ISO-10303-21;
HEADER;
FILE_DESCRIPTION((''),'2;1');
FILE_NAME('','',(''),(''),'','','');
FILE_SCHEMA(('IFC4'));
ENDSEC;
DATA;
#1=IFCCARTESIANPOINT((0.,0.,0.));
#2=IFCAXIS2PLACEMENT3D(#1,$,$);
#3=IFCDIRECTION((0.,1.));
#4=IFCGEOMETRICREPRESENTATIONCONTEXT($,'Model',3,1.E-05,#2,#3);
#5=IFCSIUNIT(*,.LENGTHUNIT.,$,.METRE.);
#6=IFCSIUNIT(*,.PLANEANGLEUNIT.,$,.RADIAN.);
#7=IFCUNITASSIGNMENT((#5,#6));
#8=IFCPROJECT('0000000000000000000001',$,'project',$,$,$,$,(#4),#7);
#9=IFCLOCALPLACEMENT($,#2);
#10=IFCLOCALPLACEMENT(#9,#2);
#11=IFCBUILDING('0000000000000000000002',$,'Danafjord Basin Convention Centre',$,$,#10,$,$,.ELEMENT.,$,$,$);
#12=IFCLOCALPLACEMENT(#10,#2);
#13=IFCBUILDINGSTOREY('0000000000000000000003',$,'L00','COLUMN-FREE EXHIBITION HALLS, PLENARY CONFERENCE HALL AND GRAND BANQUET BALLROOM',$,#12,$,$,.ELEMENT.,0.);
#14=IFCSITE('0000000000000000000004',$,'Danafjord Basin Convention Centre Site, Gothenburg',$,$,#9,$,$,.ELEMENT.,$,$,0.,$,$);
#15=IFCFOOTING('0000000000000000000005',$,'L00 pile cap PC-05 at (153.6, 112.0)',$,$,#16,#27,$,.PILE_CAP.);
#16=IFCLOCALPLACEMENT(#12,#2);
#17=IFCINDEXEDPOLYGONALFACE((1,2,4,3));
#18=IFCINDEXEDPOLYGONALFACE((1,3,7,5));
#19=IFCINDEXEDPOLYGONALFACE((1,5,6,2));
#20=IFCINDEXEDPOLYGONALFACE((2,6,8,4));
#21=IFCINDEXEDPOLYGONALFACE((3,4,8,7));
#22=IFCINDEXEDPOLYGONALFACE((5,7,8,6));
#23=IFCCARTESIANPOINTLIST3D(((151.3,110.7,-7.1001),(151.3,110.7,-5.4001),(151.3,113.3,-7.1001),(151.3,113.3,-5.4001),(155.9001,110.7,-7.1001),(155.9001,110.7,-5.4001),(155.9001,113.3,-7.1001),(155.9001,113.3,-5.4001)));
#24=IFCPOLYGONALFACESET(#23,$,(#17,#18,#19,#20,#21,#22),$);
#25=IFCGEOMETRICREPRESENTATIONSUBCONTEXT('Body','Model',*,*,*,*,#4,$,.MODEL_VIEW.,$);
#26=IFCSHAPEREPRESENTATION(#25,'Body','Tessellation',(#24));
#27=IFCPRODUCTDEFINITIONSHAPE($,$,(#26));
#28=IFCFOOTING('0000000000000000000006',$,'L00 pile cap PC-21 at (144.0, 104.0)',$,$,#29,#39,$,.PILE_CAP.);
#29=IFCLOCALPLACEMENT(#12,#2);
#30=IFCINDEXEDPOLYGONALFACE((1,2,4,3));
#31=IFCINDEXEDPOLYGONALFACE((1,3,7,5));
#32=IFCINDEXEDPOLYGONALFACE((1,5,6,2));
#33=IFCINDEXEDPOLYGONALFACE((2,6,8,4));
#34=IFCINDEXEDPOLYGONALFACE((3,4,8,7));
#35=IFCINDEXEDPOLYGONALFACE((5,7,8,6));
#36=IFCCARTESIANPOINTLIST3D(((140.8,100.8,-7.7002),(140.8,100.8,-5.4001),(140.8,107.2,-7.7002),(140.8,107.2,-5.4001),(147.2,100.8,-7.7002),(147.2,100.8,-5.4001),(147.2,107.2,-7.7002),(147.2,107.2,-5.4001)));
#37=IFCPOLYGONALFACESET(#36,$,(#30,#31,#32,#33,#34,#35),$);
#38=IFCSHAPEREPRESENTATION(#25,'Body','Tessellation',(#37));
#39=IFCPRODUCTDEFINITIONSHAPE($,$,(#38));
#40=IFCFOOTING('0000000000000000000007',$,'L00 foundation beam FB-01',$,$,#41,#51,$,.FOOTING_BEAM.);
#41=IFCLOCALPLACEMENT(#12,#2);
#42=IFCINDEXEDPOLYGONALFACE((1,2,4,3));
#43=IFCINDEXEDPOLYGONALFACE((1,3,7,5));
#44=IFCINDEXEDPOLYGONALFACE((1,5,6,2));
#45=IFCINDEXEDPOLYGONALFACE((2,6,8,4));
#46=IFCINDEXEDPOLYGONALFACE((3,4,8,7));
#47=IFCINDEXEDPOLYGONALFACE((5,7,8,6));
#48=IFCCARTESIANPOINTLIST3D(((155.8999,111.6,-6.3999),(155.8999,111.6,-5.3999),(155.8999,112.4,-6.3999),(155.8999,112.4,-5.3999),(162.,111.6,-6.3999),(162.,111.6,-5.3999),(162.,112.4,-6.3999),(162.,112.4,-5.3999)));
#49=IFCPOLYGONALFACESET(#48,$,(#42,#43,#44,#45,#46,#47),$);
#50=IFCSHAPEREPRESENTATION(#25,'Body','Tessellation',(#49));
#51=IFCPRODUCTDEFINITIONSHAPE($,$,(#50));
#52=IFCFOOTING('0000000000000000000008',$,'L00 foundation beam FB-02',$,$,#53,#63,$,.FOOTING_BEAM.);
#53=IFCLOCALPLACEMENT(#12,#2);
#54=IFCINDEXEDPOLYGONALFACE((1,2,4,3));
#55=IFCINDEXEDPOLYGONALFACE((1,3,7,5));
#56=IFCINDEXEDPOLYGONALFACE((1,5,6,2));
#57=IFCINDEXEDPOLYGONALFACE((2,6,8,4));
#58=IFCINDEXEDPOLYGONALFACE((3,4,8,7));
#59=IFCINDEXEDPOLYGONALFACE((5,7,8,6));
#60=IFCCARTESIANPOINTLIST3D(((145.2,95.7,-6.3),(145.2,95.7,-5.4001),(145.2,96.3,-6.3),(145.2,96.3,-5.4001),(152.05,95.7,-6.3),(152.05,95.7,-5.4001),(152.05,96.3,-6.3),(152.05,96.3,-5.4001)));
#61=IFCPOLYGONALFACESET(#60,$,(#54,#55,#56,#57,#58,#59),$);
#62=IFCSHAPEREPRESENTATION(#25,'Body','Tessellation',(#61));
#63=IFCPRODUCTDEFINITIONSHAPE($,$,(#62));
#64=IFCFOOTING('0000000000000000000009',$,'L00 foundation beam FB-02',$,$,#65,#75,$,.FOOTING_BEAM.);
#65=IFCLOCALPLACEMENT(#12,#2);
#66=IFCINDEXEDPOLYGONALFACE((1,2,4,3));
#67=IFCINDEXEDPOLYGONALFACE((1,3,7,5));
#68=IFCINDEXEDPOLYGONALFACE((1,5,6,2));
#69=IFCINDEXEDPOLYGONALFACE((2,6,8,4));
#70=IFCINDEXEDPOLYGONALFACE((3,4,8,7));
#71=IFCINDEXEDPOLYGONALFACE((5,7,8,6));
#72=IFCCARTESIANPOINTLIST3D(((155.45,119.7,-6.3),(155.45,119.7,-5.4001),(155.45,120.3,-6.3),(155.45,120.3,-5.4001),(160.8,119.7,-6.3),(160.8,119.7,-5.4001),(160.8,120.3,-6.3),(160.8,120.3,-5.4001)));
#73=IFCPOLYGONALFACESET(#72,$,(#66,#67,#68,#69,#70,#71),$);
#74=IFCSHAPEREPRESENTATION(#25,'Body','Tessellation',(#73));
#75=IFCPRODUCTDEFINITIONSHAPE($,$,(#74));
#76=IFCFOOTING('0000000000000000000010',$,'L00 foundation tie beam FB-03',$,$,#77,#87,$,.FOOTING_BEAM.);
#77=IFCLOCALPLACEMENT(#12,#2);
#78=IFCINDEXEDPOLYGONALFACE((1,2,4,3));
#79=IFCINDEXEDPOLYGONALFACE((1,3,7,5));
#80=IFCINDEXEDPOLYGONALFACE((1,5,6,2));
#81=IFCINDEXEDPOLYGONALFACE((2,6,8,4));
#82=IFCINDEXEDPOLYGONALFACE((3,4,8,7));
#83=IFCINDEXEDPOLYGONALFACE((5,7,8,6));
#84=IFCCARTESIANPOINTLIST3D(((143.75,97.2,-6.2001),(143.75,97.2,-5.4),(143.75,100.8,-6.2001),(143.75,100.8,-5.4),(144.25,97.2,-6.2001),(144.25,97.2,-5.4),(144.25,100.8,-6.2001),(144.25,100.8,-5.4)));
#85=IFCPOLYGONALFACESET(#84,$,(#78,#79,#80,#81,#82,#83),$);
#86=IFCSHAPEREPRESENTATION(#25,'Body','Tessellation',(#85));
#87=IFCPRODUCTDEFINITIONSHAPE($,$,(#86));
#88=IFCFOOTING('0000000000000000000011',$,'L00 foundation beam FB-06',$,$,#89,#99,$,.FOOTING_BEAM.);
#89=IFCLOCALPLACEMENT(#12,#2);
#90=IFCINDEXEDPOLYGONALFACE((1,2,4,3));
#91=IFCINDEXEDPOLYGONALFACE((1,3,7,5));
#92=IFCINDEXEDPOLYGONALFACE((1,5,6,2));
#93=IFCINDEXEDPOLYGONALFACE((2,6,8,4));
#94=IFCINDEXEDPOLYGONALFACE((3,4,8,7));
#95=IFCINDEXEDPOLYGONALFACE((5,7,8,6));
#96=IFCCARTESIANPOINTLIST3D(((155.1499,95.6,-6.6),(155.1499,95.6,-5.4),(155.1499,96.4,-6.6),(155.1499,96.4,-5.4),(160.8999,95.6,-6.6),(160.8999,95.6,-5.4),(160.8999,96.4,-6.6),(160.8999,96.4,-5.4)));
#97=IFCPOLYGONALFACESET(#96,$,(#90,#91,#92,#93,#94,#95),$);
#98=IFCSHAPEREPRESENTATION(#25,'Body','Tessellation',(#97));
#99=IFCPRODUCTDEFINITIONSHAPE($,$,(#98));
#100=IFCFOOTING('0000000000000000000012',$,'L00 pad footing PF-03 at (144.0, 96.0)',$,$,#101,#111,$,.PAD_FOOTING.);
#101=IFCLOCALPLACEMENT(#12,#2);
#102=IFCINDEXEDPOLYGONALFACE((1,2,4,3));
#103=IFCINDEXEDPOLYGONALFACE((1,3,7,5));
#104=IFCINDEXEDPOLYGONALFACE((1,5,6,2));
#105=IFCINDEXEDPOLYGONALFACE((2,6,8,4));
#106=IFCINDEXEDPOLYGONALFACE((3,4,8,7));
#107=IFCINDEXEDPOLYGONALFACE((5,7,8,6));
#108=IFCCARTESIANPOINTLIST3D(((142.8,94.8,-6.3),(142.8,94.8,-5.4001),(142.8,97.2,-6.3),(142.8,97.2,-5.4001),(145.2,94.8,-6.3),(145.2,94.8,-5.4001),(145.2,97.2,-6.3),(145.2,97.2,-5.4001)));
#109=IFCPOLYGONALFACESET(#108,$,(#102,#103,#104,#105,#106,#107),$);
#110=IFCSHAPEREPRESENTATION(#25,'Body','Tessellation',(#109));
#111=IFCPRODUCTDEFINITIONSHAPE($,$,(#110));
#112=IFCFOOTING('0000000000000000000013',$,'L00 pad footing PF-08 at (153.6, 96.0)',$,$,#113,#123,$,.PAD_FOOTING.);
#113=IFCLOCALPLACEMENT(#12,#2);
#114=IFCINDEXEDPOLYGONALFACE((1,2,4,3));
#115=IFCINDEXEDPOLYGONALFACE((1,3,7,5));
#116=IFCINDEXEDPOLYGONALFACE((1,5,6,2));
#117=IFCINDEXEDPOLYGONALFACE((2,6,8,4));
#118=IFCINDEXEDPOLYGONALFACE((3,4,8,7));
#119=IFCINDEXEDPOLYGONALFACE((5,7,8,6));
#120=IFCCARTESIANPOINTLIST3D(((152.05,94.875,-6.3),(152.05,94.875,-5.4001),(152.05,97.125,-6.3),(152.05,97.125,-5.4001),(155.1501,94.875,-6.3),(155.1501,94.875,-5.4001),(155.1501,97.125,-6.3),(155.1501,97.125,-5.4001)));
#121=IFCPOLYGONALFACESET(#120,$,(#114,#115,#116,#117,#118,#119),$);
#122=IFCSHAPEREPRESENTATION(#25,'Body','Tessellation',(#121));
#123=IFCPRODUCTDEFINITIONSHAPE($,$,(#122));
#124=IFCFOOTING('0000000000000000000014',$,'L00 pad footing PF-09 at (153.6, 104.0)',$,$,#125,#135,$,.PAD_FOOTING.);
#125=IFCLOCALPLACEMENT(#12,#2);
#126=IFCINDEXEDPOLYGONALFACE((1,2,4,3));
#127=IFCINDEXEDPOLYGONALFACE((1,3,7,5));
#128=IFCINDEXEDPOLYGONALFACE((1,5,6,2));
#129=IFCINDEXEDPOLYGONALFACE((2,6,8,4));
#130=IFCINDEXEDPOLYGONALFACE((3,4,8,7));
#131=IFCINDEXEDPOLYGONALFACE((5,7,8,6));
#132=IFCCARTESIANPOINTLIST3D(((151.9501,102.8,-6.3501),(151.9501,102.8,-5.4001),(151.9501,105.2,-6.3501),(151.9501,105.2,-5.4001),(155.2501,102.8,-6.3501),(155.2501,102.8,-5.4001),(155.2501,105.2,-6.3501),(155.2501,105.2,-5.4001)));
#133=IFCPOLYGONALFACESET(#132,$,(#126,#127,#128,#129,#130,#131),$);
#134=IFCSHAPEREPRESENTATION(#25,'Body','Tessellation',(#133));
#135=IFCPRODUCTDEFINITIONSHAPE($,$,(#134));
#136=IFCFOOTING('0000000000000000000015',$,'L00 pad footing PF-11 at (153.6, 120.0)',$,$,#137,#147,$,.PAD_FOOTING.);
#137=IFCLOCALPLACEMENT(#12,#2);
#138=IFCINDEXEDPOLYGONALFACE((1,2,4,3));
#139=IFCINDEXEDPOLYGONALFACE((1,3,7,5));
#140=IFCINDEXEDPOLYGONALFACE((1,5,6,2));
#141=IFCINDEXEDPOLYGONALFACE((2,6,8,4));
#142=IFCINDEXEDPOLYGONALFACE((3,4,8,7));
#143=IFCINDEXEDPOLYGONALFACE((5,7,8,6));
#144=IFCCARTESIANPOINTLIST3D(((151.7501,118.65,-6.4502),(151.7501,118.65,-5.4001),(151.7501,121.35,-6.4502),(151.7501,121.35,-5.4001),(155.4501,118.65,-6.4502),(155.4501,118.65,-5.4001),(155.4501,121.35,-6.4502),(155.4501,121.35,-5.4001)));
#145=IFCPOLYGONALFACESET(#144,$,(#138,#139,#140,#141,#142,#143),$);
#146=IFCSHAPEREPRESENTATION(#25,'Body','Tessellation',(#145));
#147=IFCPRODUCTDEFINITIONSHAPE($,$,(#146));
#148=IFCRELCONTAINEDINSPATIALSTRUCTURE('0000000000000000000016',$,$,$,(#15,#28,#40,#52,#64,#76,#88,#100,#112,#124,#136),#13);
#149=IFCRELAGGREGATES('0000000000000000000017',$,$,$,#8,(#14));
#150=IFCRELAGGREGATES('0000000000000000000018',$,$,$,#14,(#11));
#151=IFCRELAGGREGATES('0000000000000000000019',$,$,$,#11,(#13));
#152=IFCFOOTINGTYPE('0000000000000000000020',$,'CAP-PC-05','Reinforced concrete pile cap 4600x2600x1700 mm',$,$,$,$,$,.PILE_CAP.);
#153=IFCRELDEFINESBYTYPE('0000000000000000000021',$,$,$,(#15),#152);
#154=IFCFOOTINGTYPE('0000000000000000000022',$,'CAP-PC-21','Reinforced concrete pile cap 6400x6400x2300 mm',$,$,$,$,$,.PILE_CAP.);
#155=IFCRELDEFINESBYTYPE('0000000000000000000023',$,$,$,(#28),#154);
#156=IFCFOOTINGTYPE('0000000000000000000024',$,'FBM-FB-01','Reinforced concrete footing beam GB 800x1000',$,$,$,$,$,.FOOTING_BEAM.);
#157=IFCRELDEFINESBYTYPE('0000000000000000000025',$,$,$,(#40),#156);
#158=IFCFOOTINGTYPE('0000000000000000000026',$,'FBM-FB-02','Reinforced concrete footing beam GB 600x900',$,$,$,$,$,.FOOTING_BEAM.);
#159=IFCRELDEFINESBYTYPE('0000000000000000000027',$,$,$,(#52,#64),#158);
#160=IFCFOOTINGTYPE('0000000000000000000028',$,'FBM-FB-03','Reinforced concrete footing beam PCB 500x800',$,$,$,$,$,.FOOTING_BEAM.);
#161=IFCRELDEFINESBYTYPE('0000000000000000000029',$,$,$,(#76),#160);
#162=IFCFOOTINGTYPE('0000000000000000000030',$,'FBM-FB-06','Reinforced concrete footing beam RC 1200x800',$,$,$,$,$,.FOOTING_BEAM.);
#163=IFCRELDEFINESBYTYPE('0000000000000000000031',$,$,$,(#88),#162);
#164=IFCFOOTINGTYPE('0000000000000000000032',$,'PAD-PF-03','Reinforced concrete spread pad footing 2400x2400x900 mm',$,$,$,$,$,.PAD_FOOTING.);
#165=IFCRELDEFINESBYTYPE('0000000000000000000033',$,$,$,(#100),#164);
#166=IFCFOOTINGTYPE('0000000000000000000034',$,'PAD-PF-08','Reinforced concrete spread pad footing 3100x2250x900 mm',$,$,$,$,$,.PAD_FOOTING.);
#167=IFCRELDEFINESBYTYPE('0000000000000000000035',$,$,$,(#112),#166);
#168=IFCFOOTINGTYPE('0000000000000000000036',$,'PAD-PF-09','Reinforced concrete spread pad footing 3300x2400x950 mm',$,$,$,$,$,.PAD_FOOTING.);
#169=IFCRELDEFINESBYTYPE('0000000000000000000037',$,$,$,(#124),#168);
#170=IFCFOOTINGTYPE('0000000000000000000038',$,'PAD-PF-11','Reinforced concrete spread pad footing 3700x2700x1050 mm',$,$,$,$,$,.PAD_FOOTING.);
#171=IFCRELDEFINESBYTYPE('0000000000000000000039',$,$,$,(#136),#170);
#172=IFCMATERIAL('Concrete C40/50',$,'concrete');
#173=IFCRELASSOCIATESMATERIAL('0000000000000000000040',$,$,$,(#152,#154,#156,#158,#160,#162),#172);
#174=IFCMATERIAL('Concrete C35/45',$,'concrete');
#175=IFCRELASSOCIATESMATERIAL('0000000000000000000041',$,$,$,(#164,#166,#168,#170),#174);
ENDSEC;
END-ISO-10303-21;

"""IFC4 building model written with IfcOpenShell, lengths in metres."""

from ifc_helpers import new_model, si_unit, direction, frame, origin, origin_2d, place, context, subcontext, project, spatial, rectangle, extrude, material, material_profile, profile_set, type_object, element, save


model = new_model("IFC4")

# Units and contexts
model_context = context("Model", 3, precision=1e-05, world=origin(), true_north=direction((0.0, 1.0)))
body_context = subcontext(model_context, "Body", "Model", "MODEL_VIEW")
ifc_project = project(units=[si_unit("LENGTHUNIT", "METRE"), si_unit("PLANEANGLEUNIT", "RADIAN")], contexts=[model_context])

# Site, building, storey
site_placement = place(None, origin())
site = spatial("IfcSite", under=ifc_project, at=site_placement, Name="Danafjord Basin Convention Centre Site, Gothenburg", CompositionType="ELEMENT", RefElevation=0.0)
building_placement = place(site_placement, origin())
building = spatial("IfcBuilding", under=site, at=building_placement, Name="Danafjord Basin Convention Centre", CompositionType="ELEMENT")
storey_placement = place(building_placement, origin())
storey = spatial("IfcBuildingStorey", under=building, at=storey_placement, Name="L00", Description="COLUMN-FREE EXHIBITION HALLS, PLENARY CONFERENCE HALL AND GRAND BANQUET BALLROOM", CompositionType="ELEMENT", Elevation=0.0)

# Footings
ifc_material_1 = material(Name="Concrete C40/50", Category="concrete")
footing_type_1 = type_object("IfcFootingType", Name="CAP-PC-05", Description="Reinforced concrete pile cap 4600x2600x1700 mm", PredefinedType="PILE_CAP", material=ifc_material_1)
footing_1_placement = place(storey_placement, frame((153.6001, 112.0, -7.1001), z_axis=(0.0, 0.0, 1.0), x_axis=(1.0, 0.0, 0.0)))
element("IfcFooting", 1, at=footing_1_placement, inside=storey, type_object=footing_type_1, Name="L00 pile cap PC-05 at (153.6, 112.0)", PredefinedType="PILE_CAP", context=body_context, shape_type="SweptSolid", body=[
    extrude(rectangle(XDim=4.6001, YDim=2.6001, at=origin_2d()), origin(), (0.0, 0.0, 1.0), 1.7),
])
footing_type_2 = type_object("IfcFootingType", Name="CAP-PC-21", Description="Reinforced concrete pile cap 6400x6400x2300 mm", PredefinedType="PILE_CAP", material=ifc_material_1)
footing_2_placement = place(storey_placement, frame((144.0, 104.0, -7.7002), z_axis=(0.0, 0.0, 1.0), x_axis=(1.0, 0.0, 0.0)))
element("IfcFooting", 2, at=footing_2_placement, inside=storey, type_object=footing_type_2, Name="L00 pile cap PC-21 at (144.0, 104.0)", PredefinedType="PILE_CAP", context=body_context, shape_type="SweptSolid", body=[
    extrude(rectangle(XDim=6.3999, YDim=6.3999, at=origin_2d()), origin(), (0.0, 0.0, 1.0), 2.3),
])
ifc_material_profile_1 = material_profile(ifc_material_1, rectangle(XDim=0.8, YDim=1.0, at=origin_2d()), Name="GB 800x1000")
ifc_profile_set_1 = profile_set([ifc_material_profile_1], Name="Concrete C40/50")
footing_type_3 = type_object("IfcFootingType", Name="FBM-FB-01", Description="Reinforced concrete footing beam GB 800x1000", PredefinedType="FOOTING_BEAM", material=ifc_profile_set_1)
footing_3_placement = place(storey_placement, frame((155.8999, 112.0, -5.8999), z_axis=(1.0, 0.0, 0.0), x_axis=(0.0, 1.0, 0.0)))
element("IfcFooting", 3, at=footing_3_placement, inside=storey, type_object=footing_type_3, Name="L00 foundation beam FB-01", PredefinedType="FOOTING_BEAM", context=body_context, shape_type="SweptSolid", body=[
    extrude(rectangle(XDim=0.8, YDim=1.0, at=origin_2d()), origin(), (0.0, 0.0, 1.0), 6.1001),
])
ifc_material_profile_2 = material_profile(ifc_material_1, rectangle(XDim=0.6001, YDim=0.8999, at=origin_2d()), Name="GB 600x900")
ifc_profile_set_2 = profile_set([ifc_material_profile_2], Name="Concrete C40/50")
footing_type_4 = type_object("IfcFootingType", Name="FBM-FB-02", Description="Reinforced concrete footing beam GB 600x900", PredefinedType="FOOTING_BEAM", material=ifc_profile_set_2)
footing_4_placement = place(storey_placement, frame((145.2, 96.0, -5.8501), z_axis=(1.0, 0.0, 0.0), x_axis=(0.0, 1.0, 0.0)))
element("IfcFooting", 4, at=footing_4_placement, inside=storey, type_object=footing_type_4, Name="L00 foundation beam FB-02", PredefinedType="FOOTING_BEAM", context=body_context, shape_type="SweptSolid", body=[
    extrude(rectangle(XDim=0.6001, YDim=0.8999, at=origin_2d()), origin(), (0.0, 0.0, 1.0), 6.8501),
])
footing_5_placement = place(storey_placement, frame((155.45, 120.0, -5.8501), z_axis=(1.0, 0.0, 0.0), x_axis=(0.0, 1.0, 0.0)))
element("IfcFooting", 5, at=footing_5_placement, inside=storey, type_object=footing_type_4, Name="L00 foundation beam FB-02", PredefinedType="FOOTING_BEAM", context=body_context, shape_type="SweptSolid", body=[
    extrude(rectangle(XDim=0.6001, YDim=0.8999, at=origin_2d()), origin(), (0.0, 0.0, 1.0), 5.3501),
])
ifc_material_profile_3 = material_profile(ifc_material_1, rectangle(XDim=0.5, YDim=0.8, at=origin_2d()), Name="PCB 500x800")
ifc_profile_set_3 = profile_set([ifc_material_profile_3], Name="Concrete C40/50")
footing_type_5 = type_object("IfcFootingType", Name="FBM-FB-03", Description="Reinforced concrete footing beam PCB 500x800", PredefinedType="FOOTING_BEAM", material=ifc_profile_set_3)
footing_6_placement = place(storey_placement, frame((144.0, 97.2, -5.8), z_axis=(0.0, 1.0, 0.0), x_axis=(-1.0, 0.0, 0.0)))
element("IfcFooting", 6, at=footing_6_placement, inside=storey, type_object=footing_type_5, Name="L00 foundation tie beam FB-03", PredefinedType="FOOTING_BEAM", context=body_context, shape_type="SweptSolid", body=[
    extrude(rectangle(XDim=0.5, YDim=0.8, at=origin_2d()), origin(), (0.0, 0.0, 1.0), 3.6001),
])
ifc_material_profile_4 = material_profile(ifc_material_1, rectangle(XDim=0.8, YDim=1.2, at=origin_2d()), Name="RC 1200x800")
ifc_profile_set_4 = profile_set([ifc_material_profile_4], Name="Concrete C40/50")
footing_type_6 = type_object("IfcFootingType", Name="FBM-FB-06", Description="Reinforced concrete footing beam RC 1200x800", PredefinedType="FOOTING_BEAM", material=ifc_profile_set_4)
footing_7_placement = place(storey_placement, frame((155.1499, 96.0, -6.0), z_axis=(1.0, 0.0, 0.0), x_axis=(0.0, 1.0, 0.0)))
element("IfcFooting", 7, at=footing_7_placement, inside=storey, type_object=footing_type_6, Name="L00 foundation beam FB-06", PredefinedType="FOOTING_BEAM", context=body_context, shape_type="SweptSolid", body=[
    extrude(rectangle(XDim=0.8, YDim=1.2, at=origin_2d()), origin(), (0.0, 0.0, 1.0), 5.75),
])
ifc_material_2 = material(Name="Concrete C35/45", Category="concrete")
footing_type_7 = type_object("IfcFootingType", Name="PAD-PF-03", Description="Reinforced concrete spread pad footing 2400x2400x900 mm", PredefinedType="PAD_FOOTING", material=ifc_material_2)
footing_8_placement = place(storey_placement, frame((144.0, 96.0, -6.3), z_axis=(0.0, 0.0, 1.0), x_axis=(1.0, 0.0, 0.0)))
element("IfcFooting", 8, at=footing_8_placement, inside=storey, type_object=footing_type_7, Name="L00 pad footing PF-03 at (144.0, 96.0)", PredefinedType="PAD_FOOTING", context=body_context, shape_type="SweptSolid", body=[
    extrude(rectangle(XDim=2.3999, YDim=2.3999, at=origin_2d()), origin(), (0.0, 0.0, 1.0), 0.8999),
])
footing_type_8 = type_object("IfcFootingType", Name="PAD-PF-08", Description="Reinforced concrete spread pad footing 3100x2250x900 mm", PredefinedType="PAD_FOOTING", material=ifc_material_2)
footing_9_placement = place(storey_placement, frame((153.6001, 96.0, -6.3), z_axis=(0.0, 0.0, 1.0), x_axis=(1.0, 0.0, 0.0)))
element("IfcFooting", 9, at=footing_9_placement, inside=storey, type_object=footing_type_8, Name="L00 pad footing PF-08 at (153.6, 96.0)", PredefinedType="PAD_FOOTING", context=body_context, shape_type="SweptSolid", body=[
    extrude(rectangle(XDim=3.1001, YDim=2.25, at=origin_2d()), origin(), (0.0, 0.0, 1.0), 0.8999),
])
footing_type_9 = type_object("IfcFootingType", Name="PAD-PF-09", Description="Reinforced concrete spread pad footing 3300x2400x950 mm", PredefinedType="PAD_FOOTING", material=ifc_material_2)
footing_10_placement = place(storey_placement, frame((153.6001, 104.0, -6.3501), z_axis=(0.0, 0.0, 1.0), x_axis=(1.0, 0.0, 0.0)))
element("IfcFooting", 10, at=footing_10_placement, inside=storey, type_object=footing_type_9, Name="L00 pad footing PF-09 at (153.6, 104.0)", PredefinedType="PAD_FOOTING", context=body_context, shape_type="SweptSolid", body=[
    extrude(rectangle(XDim=3.3, YDim=2.3999, at=origin_2d()), origin(), (0.0, 0.0, 1.0), 0.95),
])
footing_type_10 = type_object("IfcFootingType", Name="PAD-PF-11", Description="Reinforced concrete spread pad footing 3700x2700x1050 mm", PredefinedType="PAD_FOOTING", material=ifc_material_2)
footing_11_placement = place(storey_placement, frame((153.6001, 120.0, -6.4502), z_axis=(0.0, 0.0, 1.0), x_axis=(1.0, 0.0, 0.0)))
element("IfcFooting", 11, at=footing_11_placement, inside=storey, type_object=footing_type_10, Name="L00 pad footing PF-11 at (153.6, 120.0)", PredefinedType="PAD_FOOTING", context=body_context, shape_type="SweptSolid", body=[
    extrude(rectangle(XDim=3.7, YDim=2.7, at=origin_2d()), origin(), (0.0, 0.0, 1.0), 1.05),
])

save(model, "model.ifc")
